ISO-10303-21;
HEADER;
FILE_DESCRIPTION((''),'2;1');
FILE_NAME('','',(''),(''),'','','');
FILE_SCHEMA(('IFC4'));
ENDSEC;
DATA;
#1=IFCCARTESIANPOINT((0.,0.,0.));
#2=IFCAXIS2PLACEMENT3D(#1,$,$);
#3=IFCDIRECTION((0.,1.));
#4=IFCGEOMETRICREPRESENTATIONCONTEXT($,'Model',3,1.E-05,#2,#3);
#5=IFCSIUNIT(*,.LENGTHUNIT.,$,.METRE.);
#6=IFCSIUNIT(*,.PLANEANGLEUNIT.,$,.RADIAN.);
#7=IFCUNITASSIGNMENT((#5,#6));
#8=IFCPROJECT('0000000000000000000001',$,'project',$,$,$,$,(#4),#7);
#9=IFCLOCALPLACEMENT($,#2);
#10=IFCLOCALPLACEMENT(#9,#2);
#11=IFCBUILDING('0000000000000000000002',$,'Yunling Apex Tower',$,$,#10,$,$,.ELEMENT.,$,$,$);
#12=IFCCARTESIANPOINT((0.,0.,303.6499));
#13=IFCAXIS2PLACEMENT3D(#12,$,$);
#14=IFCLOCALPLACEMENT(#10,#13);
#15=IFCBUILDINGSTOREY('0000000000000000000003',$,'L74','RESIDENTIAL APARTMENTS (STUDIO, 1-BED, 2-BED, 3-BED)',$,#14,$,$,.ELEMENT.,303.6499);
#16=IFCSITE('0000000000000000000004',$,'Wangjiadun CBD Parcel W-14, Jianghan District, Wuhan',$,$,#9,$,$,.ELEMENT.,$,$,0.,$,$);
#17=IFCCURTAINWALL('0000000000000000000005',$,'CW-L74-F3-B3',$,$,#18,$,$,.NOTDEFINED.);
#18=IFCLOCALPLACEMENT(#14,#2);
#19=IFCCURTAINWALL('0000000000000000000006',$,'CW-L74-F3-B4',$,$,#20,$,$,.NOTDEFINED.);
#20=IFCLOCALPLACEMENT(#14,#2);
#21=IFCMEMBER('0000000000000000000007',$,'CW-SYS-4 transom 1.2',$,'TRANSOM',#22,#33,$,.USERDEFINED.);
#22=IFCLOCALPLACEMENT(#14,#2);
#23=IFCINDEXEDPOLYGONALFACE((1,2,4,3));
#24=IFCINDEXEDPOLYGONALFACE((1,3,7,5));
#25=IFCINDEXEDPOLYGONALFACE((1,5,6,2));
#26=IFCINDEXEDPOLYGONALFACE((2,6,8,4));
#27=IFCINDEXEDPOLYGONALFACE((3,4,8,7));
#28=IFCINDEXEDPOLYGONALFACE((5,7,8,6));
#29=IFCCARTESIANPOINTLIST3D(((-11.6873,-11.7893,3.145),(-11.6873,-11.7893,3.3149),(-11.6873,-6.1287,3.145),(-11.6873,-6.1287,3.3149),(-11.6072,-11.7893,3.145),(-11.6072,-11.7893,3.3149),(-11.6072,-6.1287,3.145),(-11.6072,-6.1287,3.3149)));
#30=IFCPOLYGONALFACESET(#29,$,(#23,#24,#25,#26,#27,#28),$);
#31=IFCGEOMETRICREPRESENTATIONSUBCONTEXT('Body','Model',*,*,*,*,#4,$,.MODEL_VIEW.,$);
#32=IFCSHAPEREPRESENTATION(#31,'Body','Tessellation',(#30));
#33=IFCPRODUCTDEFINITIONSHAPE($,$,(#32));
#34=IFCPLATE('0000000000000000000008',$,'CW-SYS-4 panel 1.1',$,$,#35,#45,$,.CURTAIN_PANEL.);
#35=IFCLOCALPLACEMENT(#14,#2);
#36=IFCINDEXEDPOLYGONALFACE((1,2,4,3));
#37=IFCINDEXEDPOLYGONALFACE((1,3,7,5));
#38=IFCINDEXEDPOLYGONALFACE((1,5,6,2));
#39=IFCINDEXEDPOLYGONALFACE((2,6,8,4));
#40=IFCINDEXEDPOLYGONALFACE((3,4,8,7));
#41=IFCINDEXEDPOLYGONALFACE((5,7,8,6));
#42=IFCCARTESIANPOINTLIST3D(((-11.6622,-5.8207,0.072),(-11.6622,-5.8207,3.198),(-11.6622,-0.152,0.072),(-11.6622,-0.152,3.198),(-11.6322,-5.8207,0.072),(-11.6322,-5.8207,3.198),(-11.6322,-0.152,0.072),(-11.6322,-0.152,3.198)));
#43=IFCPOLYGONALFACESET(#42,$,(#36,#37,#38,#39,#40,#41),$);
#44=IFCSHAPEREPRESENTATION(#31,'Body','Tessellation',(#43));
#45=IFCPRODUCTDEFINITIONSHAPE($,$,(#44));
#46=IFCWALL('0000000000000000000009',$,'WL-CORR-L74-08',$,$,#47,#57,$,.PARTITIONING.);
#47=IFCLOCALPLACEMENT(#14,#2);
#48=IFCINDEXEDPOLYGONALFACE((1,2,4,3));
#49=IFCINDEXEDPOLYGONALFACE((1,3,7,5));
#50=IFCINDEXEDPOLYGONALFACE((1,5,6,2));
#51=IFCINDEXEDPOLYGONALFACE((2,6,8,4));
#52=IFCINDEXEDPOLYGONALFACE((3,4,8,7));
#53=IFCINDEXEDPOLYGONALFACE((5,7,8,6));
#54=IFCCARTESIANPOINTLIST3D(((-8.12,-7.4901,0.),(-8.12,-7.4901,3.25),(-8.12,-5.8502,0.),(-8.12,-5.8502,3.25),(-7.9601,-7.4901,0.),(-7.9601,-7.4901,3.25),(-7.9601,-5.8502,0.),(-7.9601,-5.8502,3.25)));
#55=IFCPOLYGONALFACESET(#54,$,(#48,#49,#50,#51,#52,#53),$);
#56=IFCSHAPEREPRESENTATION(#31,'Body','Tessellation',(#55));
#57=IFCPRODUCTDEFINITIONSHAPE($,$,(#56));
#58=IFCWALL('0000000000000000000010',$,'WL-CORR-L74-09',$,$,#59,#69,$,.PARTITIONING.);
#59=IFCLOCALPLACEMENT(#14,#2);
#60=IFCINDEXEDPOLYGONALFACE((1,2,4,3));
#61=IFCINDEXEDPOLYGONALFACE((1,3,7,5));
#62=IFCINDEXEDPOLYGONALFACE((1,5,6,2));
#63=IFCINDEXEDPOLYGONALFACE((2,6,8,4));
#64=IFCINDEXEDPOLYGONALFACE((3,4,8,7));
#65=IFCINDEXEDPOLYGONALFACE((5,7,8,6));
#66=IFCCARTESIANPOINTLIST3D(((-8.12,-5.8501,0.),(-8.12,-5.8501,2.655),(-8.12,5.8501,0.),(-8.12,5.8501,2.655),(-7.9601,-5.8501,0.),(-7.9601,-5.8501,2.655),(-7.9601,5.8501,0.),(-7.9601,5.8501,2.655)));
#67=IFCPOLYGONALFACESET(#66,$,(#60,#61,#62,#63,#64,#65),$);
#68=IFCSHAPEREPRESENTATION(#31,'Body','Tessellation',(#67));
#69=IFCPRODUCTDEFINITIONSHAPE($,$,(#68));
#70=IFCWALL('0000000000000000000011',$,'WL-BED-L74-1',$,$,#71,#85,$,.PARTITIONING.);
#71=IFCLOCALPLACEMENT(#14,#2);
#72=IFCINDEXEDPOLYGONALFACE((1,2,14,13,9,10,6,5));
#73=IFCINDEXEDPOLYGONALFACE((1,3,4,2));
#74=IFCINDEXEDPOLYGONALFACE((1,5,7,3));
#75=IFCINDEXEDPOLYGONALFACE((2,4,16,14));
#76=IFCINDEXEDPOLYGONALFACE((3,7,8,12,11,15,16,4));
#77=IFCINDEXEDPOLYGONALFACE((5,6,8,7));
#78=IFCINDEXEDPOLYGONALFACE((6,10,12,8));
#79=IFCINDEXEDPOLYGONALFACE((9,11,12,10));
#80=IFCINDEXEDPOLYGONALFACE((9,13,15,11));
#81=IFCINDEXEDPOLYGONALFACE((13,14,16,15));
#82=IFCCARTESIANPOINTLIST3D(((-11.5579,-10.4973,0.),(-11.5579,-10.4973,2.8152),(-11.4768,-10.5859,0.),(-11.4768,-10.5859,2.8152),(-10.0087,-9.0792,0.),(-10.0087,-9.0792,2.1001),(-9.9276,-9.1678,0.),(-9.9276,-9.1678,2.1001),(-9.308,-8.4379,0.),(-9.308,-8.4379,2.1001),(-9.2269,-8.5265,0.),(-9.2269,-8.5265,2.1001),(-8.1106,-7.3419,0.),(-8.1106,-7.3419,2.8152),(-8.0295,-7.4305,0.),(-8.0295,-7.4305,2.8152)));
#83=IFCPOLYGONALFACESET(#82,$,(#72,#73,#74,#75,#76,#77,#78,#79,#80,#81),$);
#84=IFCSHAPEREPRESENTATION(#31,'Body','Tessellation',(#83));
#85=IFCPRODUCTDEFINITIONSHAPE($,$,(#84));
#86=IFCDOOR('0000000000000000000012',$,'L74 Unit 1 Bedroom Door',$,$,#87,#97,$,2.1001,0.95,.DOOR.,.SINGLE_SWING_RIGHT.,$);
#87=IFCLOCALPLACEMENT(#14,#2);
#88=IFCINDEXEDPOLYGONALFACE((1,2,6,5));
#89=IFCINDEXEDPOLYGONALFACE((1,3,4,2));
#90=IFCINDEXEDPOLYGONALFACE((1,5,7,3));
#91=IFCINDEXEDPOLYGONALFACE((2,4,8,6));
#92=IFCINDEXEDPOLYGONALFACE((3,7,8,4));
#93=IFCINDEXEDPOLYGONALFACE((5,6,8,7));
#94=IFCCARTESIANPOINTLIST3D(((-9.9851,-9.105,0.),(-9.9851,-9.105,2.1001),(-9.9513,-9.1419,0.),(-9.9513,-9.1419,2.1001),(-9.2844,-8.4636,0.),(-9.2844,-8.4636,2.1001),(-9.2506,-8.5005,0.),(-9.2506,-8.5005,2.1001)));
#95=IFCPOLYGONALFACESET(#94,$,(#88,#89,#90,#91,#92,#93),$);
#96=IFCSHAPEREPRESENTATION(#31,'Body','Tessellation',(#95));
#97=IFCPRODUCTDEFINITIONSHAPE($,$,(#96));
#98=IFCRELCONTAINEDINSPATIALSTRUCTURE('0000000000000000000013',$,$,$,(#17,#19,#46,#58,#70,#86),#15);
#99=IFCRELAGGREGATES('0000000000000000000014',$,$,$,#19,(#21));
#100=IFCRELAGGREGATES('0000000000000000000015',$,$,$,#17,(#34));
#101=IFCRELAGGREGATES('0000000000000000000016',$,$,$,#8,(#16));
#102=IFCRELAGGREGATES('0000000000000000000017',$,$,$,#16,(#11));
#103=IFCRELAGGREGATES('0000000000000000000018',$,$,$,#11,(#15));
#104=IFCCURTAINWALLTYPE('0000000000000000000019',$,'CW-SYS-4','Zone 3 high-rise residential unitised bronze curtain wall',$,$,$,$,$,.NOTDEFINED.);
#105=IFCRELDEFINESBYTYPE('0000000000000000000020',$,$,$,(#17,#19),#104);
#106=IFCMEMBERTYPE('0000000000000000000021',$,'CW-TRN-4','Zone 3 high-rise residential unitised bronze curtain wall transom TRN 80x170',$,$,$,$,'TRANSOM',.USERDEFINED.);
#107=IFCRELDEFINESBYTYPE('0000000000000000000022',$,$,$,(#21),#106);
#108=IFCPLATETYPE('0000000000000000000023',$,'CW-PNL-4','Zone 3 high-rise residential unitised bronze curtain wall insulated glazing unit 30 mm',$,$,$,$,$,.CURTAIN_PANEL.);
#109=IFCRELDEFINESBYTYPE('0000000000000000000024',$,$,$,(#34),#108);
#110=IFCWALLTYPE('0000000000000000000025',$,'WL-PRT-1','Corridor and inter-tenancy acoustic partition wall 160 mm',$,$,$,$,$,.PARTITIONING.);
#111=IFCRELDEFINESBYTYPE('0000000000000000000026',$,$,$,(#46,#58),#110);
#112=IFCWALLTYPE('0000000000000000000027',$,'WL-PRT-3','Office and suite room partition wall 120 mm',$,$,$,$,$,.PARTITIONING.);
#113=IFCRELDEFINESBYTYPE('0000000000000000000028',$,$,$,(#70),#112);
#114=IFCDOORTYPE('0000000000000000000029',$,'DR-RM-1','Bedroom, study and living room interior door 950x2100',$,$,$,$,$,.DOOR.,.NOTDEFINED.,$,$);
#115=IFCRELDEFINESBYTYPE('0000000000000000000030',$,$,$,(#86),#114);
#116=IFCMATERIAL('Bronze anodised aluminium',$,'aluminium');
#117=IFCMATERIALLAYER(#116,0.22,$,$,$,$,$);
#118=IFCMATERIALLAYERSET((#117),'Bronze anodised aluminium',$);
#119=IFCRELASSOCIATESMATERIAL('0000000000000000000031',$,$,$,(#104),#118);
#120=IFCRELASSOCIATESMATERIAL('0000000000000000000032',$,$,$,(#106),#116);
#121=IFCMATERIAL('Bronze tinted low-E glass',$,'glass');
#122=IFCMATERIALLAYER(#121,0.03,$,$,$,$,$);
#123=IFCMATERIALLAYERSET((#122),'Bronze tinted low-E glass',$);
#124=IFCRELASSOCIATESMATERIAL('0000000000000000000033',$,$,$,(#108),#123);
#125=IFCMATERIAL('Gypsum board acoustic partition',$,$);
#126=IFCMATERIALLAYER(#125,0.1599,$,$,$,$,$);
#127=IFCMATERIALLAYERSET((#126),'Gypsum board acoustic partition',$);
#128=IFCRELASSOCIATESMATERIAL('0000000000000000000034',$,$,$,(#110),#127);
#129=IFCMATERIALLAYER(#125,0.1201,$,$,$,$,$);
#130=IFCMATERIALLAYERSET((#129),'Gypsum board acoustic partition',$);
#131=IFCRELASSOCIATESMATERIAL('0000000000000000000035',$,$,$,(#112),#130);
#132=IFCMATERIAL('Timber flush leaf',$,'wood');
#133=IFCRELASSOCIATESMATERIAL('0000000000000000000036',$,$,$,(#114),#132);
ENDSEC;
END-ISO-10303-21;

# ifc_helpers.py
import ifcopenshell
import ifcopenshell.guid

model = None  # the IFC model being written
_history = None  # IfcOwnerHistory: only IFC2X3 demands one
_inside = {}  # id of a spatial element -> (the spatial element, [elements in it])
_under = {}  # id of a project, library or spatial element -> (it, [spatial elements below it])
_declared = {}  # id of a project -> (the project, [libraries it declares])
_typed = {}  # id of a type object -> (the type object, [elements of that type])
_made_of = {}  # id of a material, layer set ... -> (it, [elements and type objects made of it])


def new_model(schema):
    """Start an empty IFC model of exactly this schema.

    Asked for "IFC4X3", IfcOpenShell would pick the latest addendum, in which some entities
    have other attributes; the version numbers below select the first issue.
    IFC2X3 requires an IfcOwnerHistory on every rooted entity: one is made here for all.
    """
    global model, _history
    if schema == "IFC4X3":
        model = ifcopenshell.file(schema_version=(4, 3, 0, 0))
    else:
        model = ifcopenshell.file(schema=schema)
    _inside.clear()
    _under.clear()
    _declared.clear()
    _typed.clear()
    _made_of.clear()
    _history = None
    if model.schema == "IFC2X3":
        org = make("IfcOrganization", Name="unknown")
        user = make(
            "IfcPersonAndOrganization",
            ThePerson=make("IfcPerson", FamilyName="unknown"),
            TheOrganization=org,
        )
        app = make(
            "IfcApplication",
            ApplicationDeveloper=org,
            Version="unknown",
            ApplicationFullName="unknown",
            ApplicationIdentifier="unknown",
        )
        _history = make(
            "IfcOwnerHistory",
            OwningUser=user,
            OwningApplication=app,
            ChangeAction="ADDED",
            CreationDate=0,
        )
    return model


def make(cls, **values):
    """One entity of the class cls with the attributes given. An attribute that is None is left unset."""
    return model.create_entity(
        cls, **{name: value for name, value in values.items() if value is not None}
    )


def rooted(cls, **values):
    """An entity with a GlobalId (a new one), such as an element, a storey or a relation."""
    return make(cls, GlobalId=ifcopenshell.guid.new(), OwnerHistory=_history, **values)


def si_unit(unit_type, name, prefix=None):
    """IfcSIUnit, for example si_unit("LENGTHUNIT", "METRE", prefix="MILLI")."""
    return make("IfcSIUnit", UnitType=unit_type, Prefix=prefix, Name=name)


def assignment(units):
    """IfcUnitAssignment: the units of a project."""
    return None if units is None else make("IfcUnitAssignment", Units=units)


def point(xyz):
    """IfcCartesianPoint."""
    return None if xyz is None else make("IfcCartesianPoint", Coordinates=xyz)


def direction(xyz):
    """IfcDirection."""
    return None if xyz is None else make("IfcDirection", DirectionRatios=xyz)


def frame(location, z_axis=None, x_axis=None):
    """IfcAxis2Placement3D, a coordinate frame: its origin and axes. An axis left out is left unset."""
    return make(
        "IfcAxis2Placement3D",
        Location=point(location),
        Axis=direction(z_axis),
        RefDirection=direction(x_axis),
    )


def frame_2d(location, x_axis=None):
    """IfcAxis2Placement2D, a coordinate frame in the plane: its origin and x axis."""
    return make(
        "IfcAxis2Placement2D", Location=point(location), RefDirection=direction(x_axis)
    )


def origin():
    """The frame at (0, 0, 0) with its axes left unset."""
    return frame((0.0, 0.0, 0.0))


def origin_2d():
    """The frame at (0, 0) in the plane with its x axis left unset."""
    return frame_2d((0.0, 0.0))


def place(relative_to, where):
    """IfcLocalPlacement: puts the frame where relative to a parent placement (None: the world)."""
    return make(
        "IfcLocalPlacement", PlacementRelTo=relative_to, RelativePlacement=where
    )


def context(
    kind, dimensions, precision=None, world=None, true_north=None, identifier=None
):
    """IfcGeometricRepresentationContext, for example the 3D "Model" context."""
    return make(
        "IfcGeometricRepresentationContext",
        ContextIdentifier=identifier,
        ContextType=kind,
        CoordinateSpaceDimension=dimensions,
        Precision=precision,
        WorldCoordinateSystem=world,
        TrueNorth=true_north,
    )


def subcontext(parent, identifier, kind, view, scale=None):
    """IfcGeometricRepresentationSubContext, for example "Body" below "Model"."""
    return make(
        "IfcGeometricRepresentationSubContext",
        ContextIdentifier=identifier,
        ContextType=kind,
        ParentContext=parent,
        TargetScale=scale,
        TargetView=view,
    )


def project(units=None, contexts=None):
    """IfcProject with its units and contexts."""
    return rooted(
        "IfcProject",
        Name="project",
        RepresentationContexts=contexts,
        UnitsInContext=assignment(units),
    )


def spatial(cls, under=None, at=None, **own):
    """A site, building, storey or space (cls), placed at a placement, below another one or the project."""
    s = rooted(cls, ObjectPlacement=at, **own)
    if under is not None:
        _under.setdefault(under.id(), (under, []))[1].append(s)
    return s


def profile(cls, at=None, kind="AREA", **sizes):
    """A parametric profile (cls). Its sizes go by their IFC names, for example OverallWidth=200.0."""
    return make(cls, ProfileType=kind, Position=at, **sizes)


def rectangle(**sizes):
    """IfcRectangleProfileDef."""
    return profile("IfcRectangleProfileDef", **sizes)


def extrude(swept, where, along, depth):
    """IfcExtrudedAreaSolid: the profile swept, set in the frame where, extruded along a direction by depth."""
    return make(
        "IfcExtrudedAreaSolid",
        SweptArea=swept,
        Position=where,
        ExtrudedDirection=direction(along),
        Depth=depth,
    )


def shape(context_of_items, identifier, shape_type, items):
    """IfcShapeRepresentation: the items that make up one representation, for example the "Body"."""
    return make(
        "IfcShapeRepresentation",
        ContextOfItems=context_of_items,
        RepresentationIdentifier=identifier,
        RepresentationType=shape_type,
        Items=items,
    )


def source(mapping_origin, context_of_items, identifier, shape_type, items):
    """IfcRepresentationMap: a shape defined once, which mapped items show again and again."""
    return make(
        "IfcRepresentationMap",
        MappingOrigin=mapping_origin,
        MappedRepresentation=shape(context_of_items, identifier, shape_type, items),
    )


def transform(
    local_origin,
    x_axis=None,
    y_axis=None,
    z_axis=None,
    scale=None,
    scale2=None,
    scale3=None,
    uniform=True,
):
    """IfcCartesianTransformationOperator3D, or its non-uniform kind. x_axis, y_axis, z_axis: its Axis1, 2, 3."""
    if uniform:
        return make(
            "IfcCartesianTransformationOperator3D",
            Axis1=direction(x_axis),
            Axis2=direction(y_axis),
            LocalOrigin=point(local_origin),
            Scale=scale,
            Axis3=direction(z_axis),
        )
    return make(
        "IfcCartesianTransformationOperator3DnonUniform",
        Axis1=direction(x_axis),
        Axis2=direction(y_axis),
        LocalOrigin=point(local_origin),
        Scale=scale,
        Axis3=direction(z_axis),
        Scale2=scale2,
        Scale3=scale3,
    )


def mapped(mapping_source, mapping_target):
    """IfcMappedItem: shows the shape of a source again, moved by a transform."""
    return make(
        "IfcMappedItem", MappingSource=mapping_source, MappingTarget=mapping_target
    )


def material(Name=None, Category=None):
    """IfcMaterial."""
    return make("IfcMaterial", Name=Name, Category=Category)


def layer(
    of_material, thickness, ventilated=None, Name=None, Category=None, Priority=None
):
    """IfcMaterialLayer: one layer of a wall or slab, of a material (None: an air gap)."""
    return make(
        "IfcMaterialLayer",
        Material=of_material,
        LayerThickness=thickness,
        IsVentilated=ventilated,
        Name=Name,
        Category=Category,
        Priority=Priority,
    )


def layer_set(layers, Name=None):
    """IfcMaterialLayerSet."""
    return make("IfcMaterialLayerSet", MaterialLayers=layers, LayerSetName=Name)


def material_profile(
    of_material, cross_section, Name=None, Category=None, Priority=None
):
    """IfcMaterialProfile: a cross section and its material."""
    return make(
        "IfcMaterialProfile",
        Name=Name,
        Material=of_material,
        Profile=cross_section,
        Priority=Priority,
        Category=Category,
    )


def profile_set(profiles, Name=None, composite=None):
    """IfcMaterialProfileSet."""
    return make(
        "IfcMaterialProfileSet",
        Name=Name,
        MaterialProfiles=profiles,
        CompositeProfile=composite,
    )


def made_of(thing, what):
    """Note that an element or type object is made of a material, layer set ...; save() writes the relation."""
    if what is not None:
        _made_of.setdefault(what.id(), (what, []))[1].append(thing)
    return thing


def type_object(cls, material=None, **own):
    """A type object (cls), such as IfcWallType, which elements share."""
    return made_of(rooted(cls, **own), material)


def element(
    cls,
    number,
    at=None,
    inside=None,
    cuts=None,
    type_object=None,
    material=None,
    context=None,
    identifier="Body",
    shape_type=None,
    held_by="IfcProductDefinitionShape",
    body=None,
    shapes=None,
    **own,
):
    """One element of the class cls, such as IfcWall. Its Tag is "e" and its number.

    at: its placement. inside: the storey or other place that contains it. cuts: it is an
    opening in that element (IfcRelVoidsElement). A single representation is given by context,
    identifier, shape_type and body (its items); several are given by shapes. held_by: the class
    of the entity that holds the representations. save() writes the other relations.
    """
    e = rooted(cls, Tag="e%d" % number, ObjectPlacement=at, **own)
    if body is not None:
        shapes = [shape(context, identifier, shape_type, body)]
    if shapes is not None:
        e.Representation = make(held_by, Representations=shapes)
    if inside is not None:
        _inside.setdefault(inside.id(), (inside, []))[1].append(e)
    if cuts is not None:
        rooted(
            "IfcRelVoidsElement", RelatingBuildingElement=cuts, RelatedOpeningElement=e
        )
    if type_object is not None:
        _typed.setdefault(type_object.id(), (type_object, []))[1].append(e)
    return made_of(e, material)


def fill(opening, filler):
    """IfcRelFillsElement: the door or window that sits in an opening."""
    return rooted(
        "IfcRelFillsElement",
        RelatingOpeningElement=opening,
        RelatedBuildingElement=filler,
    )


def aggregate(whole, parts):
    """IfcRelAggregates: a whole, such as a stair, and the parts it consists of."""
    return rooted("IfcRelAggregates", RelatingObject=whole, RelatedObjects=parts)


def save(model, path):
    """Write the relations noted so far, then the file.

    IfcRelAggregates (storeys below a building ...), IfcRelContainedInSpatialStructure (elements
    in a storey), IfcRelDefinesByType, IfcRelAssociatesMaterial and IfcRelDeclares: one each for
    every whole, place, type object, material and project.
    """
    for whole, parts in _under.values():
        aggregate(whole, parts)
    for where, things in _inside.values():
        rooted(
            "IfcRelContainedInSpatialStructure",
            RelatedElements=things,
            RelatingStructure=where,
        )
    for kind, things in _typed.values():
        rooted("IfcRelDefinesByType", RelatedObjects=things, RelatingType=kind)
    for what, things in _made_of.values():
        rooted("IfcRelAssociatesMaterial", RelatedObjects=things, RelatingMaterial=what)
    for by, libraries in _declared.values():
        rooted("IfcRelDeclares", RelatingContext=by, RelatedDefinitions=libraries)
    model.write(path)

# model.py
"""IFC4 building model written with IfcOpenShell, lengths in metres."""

from ifc_helpers import new_model, si_unit, direction, frame, frame_2d, origin, origin_2d, place, context, subcontext, project, spatial, rectangle, extrude, source, transform, mapped, material, layer, layer_set, material_profile, profile_set, type_object, element, fill, aggregate, save


model = new_model("IFC4")

# Units and contexts
model_context = context("Model", 3, precision=1e-05, world=origin(), true_north=direction((0.0, 1.0)))
body_context = subcontext(model_context, "Body", "Model", "MODEL_VIEW")
ifc_project = project(units=[si_unit("LENGTHUNIT", "METRE"), si_unit("PLANEANGLEUNIT", "RADIAN")], contexts=[model_context])

# Site, building, storey
site_placement = place(None, origin())
site = spatial("IfcSite", under=ifc_project, at=site_placement, Name="Wangjiadun CBD Parcel W-14, Jianghan District, Wuhan", CompositionType="ELEMENT", RefElevation=0.0)
building_placement = place(site_placement, origin())
building = spatial("IfcBuilding", under=site, at=building_placement, Name="Yunling Apex Tower", CompositionType="ELEMENT")
storey_placement = place(building_placement, frame((0.0, 0.0, 303.6499)))
storey = spatial("IfcBuildingStorey", under=building, at=storey_placement, Name="L74", Description="RESIDENTIAL APARTMENTS (STUDIO, 1-BED, 2-BED, 3-BED)", CompositionType="ELEMENT", Elevation=303.6499)

# Curtain wall
ifc_material_1 = material(Name="Bronze anodised aluminium", Category="aluminium")
ifc_layer_1 = layer(ifc_material_1, 0.22)
ifc_layer_set_1 = layer_set([ifc_layer_1], Name="Bronze anodised aluminium")
curtain_wall_type = type_object("IfcCurtainWallType", Name="CW-SYS-4", Description="Zone 3 high-rise residential unitised bronze curtain wall", PredefinedType="NOTDEFINED", material=ifc_layer_set_1)
curtain_wall_1_placement = place(storey_placement, origin())
curtain_wall_1 = element("IfcCurtainWall", 1, at=curtain_wall_1_placement, inside=storey, type_object=curtain_wall_type, Name="CW-L74-F3-B3", PredefinedType="NOTDEFINED")

# Curtain wall, member
curtain_wall_2_placement = place(storey_placement, origin())
curtain_wall_2 = element("IfcCurtainWall", 2, at=curtain_wall_2_placement, inside=storey, type_object=curtain_wall_type, Name="CW-L74-F3-B4", PredefinedType="NOTDEFINED")
ifc_material_profile_1 = material_profile(ifc_material_1, rectangle(XDim=0.0801, YDim=0.1699, at=origin_2d()))
ifc_profile_set_1 = profile_set([ifc_material_profile_1], Name="Bronze anodised aluminium")
member_type_1 = type_object("IfcMemberType", Name="CW-TRN-4", Description="Zone 3 high-rise residential unitised bronze curtain wall transom TRN 80x170", ElementType="TRANSOM", PredefinedType="USERDEFINED", material=ifc_profile_set_1)
shared_shape_1 = source(origin(), body_context, "Body", "SweptSolid", [
    extrude(rectangle(XDim=0.0801, YDim=0.1699, at=origin_2d()), origin(), (0.0, 0.0, 1.0), 5.6606),
])
member_1_placement = place(storey_placement, frame((-11.6472, -6.1287, 3.23), z_axis=(0.0, -1.0, 0.0), x_axis=(1.0, 0.0, 0.0)))
member_1 = element("IfcMember", 3, at=member_1_placement, type_object=member_type_1, Name="CW-SYS-4 transom 1.2", ObjectType="TRANSOM", PredefinedType="USERDEFINED", context=body_context, shape_type="MappedRepresentation", body=[
    mapped(shared_shape_1, transform((0.0, 0.0, 0.0), scale=1.0)),
])
aggregate(curtain_wall_2, [member_1])

# Plate
ifc_material_2 = material(Name="Bronze tinted low-E glass", Category="glass")
ifc_layer_2 = layer(ifc_material_2, 0.03)
ifc_layer_set_2 = layer_set([ifc_layer_2], Name="Bronze tinted low-E glass")
plate_type = type_object("IfcPlateType", Name="CW-PNL-4", Description="Zone 3 high-rise residential unitised bronze curtain wall insulated glazing unit 30 mm", PredefinedType="CURTAIN_PANEL", material=ifc_layer_set_2)
shared_shape_2 = source(origin(), body_context, "Body", "SweptSolid", [
    extrude(rectangle(XDim=5.6687, YDim=0.03, at=origin_2d()), origin(), (0.0, 0.0, 1.0), 3.126),
])
plate_placement = place(storey_placement, frame((-11.6472, -2.9863, 0.072), z_axis=(0.0, 0.0, 1.0), x_axis=(0.0, -1.0, 0.0)))
plate = element("IfcPlate", 4, at=plate_placement, type_object=plate_type, Name="CW-SYS-4 panel 1.1", PredefinedType="CURTAIN_PANEL", context=body_context, shape_type="MappedRepresentation", body=[
    mapped(shared_shape_2, transform((0.0, 0.0, 0.0), scale=1.0)),
])
aggregate(curtain_wall_1, [plate])

# Walls
ifc_material_3 = material(Name="Gypsum board acoustic partition")
ifc_layer_3 = layer(ifc_material_3, 0.1599)
ifc_layer_set_3 = layer_set([ifc_layer_3], Name="Gypsum board acoustic partition")
wall_type_1 = type_object("IfcWallType", Name="WL-PRT-1", Description="Corridor and inter-tenancy acoustic partition wall 160 mm", PredefinedType="PARTITIONING", material=ifc_layer_set_3)
wall_1_placement = place(storey_placement, frame((-8.04, -7.49, 0.0), z_axis=(0.0, 0.0, 1.0), x_axis=(0.0, 1.0, 0.0)))
element("IfcWall", 5, at=wall_1_placement, inside=storey, type_object=wall_type_1, Name="WL-CORR-L74-08", PredefinedType="PARTITIONING", context=body_context, shape_type="SweptSolid", body=[
    extrude(rectangle(XDim=1.6399, YDim=0.1599, at=frame_2d((0.8198, 0.0))), origin(), (0.0, 0.0, 1.0), 3.25),
])
wall_2_placement = place(storey_placement, frame((-8.04, -5.8501, 0.0), z_axis=(0.0, 0.0, 1.0), x_axis=(0.0, 1.0, 0.0)))
element("IfcWall", 6, at=wall_2_placement, inside=storey, type_object=wall_type_1, Name="WL-CORR-L74-09", PredefinedType="PARTITIONING", context=body_context, shape_type="SweptSolid", body=[
    extrude(rectangle(XDim=11.7002, YDim=0.1599, at=frame_2d((5.8501, 0.0))), origin(), (0.0, 0.0, 1.0), 2.655),
])

# Wall, opening, door
ifc_layer_4 = layer(ifc_material_3, 0.1201)
ifc_layer_set_4 = layer_set([ifc_layer_4], Name="Gypsum board acoustic partition")
wall_type_2 = type_object("IfcWallType", Name="WL-PRT-3", Description="Office and suite room partition wall 120 mm", PredefinedType="PARTITIONING", material=ifc_layer_set_4)
wall_3_placement = place(storey_placement, frame((-8.0701, -7.3862, 0.0), z_axis=(0.0, 0.0, 1.0), x_axis=(-0.737657, -0.675176, 0.0)))
wall_3 = element("IfcWall", 7, at=wall_3_placement, inside=storey, type_object=wall_type_2, Name="WL-BED-L74-1", PredefinedType="PARTITIONING", context=body_context, shape_type="SweptSolid", body=[
    extrude(rectangle(XDim=4.6733, YDim=0.1201, at=frame_2d((2.3367, 0.0))), origin(), (0.0, 0.0, 1.0), 2.8152),
])
opening_placement = place(wall_3_placement, frame((1.623, 0.0, 0.0)))
opening = element("IfcOpeningElement", 8, at=opening_placement, cuts=wall_3, PredefinedType="OPENING", context=body_context, shape_type="SweptSolid", body=[
    extrude(rectangle(XDim=0.95, YDim=2.1001, at=frame_2d((0.4751, 1.05))), frame((0.0, 0.0701, 0.0), z_axis=(0.0, -1.0, 0.0), x_axis=(1.0, 0.0, 0.0)), (0.0, 0.0, 1.0), 0.1401),
])
ifc_material_4 = material(Name="Timber flush leaf", Category="wood")
door_type = type_object("IfcDoorType", Name="DR-RM-1", Description="Bedroom, study and living room interior door 950x2100", OperationType="NOTDEFINED", PredefinedType="DOOR", material=ifc_material_4)
door_placement = place(opening_placement, origin())
door = element("IfcDoor", 9, at=door_placement, inside=storey, type_object=door_type, Name="L74 Unit 1 Bedroom Door", OperationType="SINGLE_SWING_RIGHT", OverallHeight=2.1001, OverallWidth=0.95, PredefinedType="DOOR", context=body_context, shape_type="SweptSolid", body=[
    extrude(rectangle(XDim=0.95, YDim=2.1001, at=frame_2d((0.4751, 1.05))), frame((0.0, 0.0249, 0.0), z_axis=(0.0, -1.0, 0.0), x_axis=(1.0, 0.0, 0.0)), (0.0, 0.0, 1.0), 0.05),
])
fill(opening, door)

save(model, "model.ifc")
